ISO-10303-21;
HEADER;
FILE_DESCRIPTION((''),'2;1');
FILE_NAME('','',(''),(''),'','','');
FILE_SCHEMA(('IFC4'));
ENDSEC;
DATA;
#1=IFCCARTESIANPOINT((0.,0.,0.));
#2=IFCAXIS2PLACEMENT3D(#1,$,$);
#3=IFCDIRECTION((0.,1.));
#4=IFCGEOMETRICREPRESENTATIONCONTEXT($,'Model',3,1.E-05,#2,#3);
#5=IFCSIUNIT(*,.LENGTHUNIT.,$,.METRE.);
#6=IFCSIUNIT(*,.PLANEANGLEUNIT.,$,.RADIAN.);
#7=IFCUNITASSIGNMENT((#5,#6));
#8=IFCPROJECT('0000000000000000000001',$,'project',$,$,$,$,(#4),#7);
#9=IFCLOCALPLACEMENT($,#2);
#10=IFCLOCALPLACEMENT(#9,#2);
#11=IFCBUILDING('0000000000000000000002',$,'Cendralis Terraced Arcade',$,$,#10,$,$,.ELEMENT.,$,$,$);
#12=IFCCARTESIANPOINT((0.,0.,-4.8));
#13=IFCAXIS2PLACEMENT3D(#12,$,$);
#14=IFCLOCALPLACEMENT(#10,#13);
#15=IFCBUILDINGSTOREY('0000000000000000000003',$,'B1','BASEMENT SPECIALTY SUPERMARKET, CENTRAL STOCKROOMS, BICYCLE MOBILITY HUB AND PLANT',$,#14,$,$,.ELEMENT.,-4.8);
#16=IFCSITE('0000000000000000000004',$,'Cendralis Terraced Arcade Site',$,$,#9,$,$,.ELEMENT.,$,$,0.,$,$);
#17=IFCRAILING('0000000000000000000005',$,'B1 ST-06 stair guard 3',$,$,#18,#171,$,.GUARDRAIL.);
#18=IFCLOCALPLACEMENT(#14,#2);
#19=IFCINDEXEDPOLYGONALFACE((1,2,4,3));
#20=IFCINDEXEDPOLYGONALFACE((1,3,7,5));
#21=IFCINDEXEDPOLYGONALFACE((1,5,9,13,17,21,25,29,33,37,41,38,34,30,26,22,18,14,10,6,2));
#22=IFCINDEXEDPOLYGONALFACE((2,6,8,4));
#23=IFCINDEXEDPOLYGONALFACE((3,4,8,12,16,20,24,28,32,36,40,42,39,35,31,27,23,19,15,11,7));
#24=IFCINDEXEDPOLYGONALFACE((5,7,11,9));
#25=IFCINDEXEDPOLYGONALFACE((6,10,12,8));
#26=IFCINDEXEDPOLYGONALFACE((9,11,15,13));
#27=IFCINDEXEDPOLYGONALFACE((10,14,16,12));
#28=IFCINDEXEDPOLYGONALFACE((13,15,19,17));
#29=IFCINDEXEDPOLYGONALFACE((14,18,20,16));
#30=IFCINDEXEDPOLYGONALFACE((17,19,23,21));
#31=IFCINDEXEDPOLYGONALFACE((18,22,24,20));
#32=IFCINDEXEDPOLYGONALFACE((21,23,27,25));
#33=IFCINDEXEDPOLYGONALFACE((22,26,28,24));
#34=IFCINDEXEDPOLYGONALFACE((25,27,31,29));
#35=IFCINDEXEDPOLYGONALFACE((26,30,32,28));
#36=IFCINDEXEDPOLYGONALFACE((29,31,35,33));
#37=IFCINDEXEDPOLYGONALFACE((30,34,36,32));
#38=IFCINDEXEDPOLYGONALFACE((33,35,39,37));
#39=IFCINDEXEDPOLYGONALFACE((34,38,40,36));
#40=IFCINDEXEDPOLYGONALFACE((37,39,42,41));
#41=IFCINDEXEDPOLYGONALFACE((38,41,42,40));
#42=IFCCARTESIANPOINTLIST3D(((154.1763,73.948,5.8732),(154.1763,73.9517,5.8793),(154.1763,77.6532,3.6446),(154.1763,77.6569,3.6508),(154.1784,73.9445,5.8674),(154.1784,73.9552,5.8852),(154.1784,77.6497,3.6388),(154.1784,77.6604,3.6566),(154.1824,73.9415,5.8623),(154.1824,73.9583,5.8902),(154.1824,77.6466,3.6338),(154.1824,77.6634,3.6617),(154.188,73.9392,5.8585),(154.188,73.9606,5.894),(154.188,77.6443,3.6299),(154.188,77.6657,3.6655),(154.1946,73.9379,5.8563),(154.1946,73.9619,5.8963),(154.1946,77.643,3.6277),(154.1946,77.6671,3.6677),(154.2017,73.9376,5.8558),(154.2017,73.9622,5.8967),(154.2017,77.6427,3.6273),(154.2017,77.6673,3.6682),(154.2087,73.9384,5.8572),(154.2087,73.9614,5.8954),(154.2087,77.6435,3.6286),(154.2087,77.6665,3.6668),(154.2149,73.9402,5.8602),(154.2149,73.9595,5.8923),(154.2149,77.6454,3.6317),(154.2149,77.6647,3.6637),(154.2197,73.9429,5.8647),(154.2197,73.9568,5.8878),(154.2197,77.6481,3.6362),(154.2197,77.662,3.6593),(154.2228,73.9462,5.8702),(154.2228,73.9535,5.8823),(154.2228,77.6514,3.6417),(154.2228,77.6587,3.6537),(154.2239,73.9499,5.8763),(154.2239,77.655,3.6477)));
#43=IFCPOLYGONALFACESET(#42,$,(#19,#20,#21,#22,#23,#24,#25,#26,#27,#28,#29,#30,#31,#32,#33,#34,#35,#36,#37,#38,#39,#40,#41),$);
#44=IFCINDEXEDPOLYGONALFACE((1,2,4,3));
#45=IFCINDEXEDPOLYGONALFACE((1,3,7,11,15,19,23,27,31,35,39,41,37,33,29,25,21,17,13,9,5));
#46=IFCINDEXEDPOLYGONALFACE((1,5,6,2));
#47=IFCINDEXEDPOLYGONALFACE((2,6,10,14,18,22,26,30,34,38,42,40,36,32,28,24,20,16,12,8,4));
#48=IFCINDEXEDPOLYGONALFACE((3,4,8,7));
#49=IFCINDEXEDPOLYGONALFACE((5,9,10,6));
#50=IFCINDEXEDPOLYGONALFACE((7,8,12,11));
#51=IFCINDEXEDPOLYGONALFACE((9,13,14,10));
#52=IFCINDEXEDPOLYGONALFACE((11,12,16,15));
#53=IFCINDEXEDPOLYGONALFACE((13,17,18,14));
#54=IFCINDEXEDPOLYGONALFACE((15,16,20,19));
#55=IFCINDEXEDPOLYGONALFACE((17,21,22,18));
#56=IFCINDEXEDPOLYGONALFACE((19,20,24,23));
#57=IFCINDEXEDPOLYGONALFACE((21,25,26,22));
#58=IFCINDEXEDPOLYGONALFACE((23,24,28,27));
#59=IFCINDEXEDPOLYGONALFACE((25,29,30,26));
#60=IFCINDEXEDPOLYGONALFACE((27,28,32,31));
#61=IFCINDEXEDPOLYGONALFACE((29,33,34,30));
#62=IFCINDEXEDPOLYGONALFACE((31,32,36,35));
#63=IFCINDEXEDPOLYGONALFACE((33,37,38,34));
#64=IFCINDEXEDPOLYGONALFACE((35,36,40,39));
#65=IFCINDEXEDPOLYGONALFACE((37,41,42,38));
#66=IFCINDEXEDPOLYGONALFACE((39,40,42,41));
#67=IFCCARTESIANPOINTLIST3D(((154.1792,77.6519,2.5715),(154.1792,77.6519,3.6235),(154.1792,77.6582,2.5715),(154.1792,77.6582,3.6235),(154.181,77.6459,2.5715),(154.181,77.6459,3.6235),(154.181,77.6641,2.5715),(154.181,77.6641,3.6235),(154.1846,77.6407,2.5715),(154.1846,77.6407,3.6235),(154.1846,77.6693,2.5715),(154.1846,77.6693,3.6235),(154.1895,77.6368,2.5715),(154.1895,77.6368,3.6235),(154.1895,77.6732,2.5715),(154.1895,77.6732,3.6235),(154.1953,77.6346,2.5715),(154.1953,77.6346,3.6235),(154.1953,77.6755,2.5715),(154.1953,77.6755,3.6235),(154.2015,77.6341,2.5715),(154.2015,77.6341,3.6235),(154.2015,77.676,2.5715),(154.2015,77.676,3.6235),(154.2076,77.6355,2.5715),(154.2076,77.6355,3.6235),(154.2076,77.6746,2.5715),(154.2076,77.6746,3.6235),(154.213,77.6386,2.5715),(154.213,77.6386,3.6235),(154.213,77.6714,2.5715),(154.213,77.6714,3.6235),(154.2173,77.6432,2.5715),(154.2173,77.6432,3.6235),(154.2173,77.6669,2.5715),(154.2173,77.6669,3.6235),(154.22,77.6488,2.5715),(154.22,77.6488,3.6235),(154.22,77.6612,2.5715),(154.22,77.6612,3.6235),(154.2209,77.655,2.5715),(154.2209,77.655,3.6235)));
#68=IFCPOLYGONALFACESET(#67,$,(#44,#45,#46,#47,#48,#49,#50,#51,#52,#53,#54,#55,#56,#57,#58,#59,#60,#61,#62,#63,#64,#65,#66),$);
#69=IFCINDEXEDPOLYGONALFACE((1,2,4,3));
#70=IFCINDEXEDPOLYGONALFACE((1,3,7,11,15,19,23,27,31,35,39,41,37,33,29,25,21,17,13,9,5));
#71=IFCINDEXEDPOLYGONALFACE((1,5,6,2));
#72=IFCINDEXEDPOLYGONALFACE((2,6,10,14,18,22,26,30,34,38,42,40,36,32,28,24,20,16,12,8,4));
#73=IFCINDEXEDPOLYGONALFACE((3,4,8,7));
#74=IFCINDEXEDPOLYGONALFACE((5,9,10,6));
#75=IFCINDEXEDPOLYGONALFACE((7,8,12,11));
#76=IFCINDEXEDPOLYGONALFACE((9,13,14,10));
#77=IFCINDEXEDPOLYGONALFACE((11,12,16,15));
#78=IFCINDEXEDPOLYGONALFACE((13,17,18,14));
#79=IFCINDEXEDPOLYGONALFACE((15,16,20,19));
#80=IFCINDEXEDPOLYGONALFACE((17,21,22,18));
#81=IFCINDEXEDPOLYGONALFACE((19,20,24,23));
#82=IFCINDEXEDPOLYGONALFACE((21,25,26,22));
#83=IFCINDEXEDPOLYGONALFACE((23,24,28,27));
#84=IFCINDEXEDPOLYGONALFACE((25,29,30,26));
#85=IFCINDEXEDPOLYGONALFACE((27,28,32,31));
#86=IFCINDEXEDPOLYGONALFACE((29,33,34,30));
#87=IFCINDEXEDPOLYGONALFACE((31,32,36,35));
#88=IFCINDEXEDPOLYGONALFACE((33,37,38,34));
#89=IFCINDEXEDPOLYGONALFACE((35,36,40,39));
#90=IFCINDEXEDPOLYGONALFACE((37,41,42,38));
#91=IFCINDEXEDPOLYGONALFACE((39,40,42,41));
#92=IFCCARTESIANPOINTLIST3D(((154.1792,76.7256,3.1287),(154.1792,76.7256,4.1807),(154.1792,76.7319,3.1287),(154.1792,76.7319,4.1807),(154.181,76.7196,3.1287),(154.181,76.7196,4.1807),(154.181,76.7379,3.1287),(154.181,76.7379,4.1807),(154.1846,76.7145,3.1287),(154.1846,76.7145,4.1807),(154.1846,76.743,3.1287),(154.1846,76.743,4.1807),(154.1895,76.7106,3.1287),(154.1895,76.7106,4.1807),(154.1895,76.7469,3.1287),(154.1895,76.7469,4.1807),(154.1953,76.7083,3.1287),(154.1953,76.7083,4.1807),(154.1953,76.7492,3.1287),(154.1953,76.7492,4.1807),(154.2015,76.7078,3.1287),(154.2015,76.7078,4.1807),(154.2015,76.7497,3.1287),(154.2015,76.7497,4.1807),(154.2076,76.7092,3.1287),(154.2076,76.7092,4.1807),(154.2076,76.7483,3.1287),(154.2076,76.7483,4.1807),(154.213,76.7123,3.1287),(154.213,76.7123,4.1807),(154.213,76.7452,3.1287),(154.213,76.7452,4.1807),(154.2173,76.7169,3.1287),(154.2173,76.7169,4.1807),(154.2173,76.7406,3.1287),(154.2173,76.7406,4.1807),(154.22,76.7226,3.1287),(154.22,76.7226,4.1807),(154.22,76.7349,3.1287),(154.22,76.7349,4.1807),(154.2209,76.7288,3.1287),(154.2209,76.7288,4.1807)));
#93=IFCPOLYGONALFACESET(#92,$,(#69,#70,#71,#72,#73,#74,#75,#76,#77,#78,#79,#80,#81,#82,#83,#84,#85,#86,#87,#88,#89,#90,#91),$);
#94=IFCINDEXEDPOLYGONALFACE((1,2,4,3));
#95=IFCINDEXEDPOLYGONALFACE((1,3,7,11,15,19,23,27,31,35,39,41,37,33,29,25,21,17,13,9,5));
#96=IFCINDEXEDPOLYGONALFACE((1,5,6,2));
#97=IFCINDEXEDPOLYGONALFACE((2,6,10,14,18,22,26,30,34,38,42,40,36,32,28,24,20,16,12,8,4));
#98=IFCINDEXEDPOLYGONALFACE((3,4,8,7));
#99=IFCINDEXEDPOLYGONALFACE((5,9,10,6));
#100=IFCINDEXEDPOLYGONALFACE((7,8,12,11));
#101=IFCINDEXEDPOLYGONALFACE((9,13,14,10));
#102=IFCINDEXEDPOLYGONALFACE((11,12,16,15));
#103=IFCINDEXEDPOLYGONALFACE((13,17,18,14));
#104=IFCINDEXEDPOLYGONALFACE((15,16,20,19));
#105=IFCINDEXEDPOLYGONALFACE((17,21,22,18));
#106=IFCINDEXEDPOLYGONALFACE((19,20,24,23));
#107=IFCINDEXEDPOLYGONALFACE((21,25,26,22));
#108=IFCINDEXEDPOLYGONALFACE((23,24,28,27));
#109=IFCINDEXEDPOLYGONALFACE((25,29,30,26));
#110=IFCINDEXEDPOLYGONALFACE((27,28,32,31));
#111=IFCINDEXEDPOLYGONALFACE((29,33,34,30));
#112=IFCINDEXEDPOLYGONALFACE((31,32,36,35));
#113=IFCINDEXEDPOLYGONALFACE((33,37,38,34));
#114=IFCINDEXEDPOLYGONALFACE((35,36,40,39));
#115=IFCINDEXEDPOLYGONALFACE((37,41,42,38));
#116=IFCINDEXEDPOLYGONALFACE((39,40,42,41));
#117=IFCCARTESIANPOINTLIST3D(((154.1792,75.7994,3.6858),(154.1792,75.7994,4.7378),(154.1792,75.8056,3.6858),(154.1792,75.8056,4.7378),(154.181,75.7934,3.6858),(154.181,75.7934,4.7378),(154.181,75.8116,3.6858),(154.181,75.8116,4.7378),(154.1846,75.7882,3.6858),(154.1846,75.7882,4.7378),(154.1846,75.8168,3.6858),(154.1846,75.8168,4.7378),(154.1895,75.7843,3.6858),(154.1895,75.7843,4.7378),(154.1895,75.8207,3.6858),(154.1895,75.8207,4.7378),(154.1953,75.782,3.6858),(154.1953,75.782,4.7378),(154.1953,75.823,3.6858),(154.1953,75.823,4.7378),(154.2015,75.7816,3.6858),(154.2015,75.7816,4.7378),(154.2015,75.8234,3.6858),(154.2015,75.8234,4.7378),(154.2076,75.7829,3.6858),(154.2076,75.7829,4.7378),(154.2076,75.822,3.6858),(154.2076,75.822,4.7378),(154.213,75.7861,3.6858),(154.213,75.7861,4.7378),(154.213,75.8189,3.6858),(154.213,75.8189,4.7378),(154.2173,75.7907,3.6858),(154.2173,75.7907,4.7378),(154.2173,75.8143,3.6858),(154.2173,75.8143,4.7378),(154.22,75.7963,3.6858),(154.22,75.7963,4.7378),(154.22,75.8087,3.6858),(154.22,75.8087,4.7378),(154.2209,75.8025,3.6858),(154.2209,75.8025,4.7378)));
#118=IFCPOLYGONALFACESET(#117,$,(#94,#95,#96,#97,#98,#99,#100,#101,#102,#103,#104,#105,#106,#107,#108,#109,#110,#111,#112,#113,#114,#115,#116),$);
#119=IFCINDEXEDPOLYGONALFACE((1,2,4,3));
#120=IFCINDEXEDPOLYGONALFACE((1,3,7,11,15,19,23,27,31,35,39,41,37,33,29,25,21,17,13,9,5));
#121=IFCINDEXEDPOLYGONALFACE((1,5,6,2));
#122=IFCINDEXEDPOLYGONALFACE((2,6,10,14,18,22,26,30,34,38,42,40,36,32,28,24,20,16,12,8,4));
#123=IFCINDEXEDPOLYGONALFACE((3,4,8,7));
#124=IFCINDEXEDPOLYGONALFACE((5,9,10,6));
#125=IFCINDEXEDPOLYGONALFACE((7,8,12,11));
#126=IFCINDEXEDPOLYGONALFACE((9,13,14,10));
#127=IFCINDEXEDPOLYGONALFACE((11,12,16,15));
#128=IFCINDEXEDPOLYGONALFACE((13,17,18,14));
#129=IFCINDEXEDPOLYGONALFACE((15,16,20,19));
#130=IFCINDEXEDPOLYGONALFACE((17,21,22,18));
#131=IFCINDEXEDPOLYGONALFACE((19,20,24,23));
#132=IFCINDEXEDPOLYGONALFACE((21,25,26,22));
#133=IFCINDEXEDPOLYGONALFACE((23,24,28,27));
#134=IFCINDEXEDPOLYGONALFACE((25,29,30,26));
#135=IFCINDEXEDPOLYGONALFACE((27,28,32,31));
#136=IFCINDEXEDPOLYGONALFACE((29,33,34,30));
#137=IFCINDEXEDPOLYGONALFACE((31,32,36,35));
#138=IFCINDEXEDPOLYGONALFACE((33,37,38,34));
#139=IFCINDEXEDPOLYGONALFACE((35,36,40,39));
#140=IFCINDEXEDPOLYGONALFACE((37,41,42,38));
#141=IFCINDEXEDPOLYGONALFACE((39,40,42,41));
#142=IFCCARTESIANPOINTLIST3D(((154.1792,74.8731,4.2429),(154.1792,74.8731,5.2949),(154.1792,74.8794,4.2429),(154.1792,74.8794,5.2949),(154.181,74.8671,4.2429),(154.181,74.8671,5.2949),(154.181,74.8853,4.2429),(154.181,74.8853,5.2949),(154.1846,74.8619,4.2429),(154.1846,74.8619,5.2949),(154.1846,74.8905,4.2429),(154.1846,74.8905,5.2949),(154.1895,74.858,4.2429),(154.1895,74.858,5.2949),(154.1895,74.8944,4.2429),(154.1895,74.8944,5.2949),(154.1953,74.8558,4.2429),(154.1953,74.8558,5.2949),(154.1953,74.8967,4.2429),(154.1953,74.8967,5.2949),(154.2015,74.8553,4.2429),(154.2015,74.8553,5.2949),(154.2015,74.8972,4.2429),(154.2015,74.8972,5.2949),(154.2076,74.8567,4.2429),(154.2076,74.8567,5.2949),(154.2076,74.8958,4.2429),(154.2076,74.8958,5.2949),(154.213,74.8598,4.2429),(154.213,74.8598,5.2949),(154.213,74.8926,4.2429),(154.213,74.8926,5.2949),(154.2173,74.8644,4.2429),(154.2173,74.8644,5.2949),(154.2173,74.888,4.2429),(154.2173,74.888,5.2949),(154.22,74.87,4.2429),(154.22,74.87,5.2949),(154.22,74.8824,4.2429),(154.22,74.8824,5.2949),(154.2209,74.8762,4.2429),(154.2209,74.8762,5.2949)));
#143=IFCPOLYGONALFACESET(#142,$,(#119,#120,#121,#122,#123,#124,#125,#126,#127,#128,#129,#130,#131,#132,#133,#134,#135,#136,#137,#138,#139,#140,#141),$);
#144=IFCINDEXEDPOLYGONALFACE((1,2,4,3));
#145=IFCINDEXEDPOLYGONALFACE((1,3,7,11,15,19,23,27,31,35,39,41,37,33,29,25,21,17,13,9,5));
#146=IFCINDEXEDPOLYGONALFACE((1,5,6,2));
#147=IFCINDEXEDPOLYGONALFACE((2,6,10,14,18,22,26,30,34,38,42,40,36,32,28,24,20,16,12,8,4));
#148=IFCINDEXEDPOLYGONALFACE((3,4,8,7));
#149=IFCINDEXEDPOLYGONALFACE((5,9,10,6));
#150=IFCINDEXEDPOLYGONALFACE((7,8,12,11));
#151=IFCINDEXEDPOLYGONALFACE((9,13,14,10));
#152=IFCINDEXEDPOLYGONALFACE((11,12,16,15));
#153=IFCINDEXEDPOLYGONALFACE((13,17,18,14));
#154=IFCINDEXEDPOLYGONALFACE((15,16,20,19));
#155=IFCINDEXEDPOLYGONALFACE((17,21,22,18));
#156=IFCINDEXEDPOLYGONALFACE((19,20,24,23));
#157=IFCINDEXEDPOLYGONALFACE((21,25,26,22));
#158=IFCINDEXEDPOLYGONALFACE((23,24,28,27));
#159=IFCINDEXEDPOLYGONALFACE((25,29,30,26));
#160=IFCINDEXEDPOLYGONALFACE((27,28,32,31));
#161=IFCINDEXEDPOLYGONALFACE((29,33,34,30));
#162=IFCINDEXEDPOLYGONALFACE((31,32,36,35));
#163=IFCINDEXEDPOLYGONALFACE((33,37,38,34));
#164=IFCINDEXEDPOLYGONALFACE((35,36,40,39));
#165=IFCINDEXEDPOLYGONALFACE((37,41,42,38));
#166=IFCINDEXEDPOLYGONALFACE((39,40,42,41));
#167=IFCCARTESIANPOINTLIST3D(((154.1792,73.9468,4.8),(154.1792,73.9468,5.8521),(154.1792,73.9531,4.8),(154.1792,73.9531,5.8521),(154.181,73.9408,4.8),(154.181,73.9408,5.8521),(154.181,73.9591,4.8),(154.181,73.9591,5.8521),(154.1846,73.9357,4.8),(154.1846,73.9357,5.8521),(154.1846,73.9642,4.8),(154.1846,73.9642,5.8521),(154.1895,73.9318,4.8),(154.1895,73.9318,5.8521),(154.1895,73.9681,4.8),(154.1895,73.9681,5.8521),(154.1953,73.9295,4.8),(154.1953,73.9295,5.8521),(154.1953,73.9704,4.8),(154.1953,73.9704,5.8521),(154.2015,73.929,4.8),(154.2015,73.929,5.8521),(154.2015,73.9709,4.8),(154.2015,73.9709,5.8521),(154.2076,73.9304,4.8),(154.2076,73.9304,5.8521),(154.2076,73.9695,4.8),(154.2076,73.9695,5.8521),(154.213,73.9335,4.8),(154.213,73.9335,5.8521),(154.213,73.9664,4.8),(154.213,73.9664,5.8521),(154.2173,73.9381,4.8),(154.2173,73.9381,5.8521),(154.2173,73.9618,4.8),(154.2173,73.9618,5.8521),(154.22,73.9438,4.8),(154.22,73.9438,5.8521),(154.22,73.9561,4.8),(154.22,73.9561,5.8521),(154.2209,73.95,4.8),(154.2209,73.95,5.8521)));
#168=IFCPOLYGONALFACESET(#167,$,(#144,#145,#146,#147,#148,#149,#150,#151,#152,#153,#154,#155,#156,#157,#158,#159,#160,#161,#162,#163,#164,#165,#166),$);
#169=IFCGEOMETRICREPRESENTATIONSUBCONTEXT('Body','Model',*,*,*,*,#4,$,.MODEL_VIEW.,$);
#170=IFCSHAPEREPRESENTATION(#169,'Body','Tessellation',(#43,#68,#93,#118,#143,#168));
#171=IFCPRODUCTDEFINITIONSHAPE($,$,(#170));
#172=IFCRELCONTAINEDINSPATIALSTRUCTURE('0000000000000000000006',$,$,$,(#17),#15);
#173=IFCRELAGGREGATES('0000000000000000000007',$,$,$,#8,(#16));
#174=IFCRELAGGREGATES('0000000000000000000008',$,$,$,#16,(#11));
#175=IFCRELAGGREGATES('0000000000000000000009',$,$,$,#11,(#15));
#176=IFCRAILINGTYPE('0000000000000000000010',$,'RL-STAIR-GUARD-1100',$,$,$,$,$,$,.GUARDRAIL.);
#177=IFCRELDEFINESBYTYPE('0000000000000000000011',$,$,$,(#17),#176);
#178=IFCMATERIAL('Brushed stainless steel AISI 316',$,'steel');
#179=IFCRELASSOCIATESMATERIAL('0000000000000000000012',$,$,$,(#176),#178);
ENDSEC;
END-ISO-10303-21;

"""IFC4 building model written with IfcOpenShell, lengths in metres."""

from ifc_helpers import new_model, si_unit, direction, frame, origin, origin_2d, place, context, subcontext, project, spatial, circle, extrude, material, type_object, element, save


model = new_model("IFC4")

# Units and contexts
model_context = context("Model", 3, precision=1e-05, world=origin(), true_north=direction((0.0, 1.0)))
body_context = subcontext(model_context, "Body", "Model", "MODEL_VIEW")
ifc_project = project(units=[si_unit("LENGTHUNIT", "METRE"), si_unit("PLANEANGLEUNIT", "RADIAN")], contexts=[model_context])

# Site, building, storey
site_placement = place(None, origin())
site = spatial("IfcSite", under=ifc_project, at=site_placement, Name="Cendralis Terraced Arcade Site", CompositionType="ELEMENT", RefElevation=0.0)
building_placement = place(site_placement, origin())
building = spatial("IfcBuilding", under=site, at=building_placement, Name="Cendralis Terraced Arcade", CompositionType="ELEMENT")
storey_placement = place(building_placement, frame((0.0, 0.0, -4.8)))
storey = spatial("IfcBuildingStorey", under=building, at=storey_placement, Name="B1", Description="BASEMENT SPECIALTY SUPERMARKET, CENTRAL STOCKROOMS, BICYCLE MOBILITY HUB AND PLANT", CompositionType="ELEMENT", Elevation=-4.8)

# Railing
ifc_material_1 = material(Name="Brushed stainless steel AISI 316", Category="steel")
railing_type_1 = type_object("IfcRailingType", Name="RL-STAIR-GUARD-1100", PredefinedType="GUARDRAIL", material=ifc_material_1)
railing_1_placement = place(storey_placement, frame((154.2, 77.655, 2.5715)))
element("IfcRailing", 1, at=railing_1_placement, inside=storey, type_object=railing_type_1, Name="B1 ST-06 stair guard 3", PredefinedType="GUARDRAIL", context=body_context, shape_type="SweptSolid", body=[
    extrude(circle(Radius=0.0239, at=origin_2d()), frame((0.0, 0.0, 1.0762), z_axis=(0.0, -0.856934, 0.515425), x_axis=(1.0, 0.0, 0.0)), (0.0, 0.0, 1.0), 4.3237),
    extrude(circle(Radius=0.021, at=origin_2d()), origin(), (0.0, 0.0, 1.0), 1.052),
    extrude(circle(Radius=0.021, at=origin_2d()), frame((0.0, -0.9263, 0.5571)), (0.0, 0.0, 1.0), 1.052),
    extrude(circle(Radius=0.021, at=origin_2d()), frame((0.0, -1.8525, 1.1143)), (0.0, 0.0, 1.0), 1.052),
    extrude(circle(Radius=0.021, at=origin_2d()), frame((0.0, -2.7788, 1.6714)), (0.0, 0.0, 1.0), 1.052),
    extrude(circle(Radius=0.021, at=origin_2d()), frame((0.0, -3.7051, 2.2285)), (0.0, 0.0, 1.0), 1.052),
])

save(model, "model.ifc")
